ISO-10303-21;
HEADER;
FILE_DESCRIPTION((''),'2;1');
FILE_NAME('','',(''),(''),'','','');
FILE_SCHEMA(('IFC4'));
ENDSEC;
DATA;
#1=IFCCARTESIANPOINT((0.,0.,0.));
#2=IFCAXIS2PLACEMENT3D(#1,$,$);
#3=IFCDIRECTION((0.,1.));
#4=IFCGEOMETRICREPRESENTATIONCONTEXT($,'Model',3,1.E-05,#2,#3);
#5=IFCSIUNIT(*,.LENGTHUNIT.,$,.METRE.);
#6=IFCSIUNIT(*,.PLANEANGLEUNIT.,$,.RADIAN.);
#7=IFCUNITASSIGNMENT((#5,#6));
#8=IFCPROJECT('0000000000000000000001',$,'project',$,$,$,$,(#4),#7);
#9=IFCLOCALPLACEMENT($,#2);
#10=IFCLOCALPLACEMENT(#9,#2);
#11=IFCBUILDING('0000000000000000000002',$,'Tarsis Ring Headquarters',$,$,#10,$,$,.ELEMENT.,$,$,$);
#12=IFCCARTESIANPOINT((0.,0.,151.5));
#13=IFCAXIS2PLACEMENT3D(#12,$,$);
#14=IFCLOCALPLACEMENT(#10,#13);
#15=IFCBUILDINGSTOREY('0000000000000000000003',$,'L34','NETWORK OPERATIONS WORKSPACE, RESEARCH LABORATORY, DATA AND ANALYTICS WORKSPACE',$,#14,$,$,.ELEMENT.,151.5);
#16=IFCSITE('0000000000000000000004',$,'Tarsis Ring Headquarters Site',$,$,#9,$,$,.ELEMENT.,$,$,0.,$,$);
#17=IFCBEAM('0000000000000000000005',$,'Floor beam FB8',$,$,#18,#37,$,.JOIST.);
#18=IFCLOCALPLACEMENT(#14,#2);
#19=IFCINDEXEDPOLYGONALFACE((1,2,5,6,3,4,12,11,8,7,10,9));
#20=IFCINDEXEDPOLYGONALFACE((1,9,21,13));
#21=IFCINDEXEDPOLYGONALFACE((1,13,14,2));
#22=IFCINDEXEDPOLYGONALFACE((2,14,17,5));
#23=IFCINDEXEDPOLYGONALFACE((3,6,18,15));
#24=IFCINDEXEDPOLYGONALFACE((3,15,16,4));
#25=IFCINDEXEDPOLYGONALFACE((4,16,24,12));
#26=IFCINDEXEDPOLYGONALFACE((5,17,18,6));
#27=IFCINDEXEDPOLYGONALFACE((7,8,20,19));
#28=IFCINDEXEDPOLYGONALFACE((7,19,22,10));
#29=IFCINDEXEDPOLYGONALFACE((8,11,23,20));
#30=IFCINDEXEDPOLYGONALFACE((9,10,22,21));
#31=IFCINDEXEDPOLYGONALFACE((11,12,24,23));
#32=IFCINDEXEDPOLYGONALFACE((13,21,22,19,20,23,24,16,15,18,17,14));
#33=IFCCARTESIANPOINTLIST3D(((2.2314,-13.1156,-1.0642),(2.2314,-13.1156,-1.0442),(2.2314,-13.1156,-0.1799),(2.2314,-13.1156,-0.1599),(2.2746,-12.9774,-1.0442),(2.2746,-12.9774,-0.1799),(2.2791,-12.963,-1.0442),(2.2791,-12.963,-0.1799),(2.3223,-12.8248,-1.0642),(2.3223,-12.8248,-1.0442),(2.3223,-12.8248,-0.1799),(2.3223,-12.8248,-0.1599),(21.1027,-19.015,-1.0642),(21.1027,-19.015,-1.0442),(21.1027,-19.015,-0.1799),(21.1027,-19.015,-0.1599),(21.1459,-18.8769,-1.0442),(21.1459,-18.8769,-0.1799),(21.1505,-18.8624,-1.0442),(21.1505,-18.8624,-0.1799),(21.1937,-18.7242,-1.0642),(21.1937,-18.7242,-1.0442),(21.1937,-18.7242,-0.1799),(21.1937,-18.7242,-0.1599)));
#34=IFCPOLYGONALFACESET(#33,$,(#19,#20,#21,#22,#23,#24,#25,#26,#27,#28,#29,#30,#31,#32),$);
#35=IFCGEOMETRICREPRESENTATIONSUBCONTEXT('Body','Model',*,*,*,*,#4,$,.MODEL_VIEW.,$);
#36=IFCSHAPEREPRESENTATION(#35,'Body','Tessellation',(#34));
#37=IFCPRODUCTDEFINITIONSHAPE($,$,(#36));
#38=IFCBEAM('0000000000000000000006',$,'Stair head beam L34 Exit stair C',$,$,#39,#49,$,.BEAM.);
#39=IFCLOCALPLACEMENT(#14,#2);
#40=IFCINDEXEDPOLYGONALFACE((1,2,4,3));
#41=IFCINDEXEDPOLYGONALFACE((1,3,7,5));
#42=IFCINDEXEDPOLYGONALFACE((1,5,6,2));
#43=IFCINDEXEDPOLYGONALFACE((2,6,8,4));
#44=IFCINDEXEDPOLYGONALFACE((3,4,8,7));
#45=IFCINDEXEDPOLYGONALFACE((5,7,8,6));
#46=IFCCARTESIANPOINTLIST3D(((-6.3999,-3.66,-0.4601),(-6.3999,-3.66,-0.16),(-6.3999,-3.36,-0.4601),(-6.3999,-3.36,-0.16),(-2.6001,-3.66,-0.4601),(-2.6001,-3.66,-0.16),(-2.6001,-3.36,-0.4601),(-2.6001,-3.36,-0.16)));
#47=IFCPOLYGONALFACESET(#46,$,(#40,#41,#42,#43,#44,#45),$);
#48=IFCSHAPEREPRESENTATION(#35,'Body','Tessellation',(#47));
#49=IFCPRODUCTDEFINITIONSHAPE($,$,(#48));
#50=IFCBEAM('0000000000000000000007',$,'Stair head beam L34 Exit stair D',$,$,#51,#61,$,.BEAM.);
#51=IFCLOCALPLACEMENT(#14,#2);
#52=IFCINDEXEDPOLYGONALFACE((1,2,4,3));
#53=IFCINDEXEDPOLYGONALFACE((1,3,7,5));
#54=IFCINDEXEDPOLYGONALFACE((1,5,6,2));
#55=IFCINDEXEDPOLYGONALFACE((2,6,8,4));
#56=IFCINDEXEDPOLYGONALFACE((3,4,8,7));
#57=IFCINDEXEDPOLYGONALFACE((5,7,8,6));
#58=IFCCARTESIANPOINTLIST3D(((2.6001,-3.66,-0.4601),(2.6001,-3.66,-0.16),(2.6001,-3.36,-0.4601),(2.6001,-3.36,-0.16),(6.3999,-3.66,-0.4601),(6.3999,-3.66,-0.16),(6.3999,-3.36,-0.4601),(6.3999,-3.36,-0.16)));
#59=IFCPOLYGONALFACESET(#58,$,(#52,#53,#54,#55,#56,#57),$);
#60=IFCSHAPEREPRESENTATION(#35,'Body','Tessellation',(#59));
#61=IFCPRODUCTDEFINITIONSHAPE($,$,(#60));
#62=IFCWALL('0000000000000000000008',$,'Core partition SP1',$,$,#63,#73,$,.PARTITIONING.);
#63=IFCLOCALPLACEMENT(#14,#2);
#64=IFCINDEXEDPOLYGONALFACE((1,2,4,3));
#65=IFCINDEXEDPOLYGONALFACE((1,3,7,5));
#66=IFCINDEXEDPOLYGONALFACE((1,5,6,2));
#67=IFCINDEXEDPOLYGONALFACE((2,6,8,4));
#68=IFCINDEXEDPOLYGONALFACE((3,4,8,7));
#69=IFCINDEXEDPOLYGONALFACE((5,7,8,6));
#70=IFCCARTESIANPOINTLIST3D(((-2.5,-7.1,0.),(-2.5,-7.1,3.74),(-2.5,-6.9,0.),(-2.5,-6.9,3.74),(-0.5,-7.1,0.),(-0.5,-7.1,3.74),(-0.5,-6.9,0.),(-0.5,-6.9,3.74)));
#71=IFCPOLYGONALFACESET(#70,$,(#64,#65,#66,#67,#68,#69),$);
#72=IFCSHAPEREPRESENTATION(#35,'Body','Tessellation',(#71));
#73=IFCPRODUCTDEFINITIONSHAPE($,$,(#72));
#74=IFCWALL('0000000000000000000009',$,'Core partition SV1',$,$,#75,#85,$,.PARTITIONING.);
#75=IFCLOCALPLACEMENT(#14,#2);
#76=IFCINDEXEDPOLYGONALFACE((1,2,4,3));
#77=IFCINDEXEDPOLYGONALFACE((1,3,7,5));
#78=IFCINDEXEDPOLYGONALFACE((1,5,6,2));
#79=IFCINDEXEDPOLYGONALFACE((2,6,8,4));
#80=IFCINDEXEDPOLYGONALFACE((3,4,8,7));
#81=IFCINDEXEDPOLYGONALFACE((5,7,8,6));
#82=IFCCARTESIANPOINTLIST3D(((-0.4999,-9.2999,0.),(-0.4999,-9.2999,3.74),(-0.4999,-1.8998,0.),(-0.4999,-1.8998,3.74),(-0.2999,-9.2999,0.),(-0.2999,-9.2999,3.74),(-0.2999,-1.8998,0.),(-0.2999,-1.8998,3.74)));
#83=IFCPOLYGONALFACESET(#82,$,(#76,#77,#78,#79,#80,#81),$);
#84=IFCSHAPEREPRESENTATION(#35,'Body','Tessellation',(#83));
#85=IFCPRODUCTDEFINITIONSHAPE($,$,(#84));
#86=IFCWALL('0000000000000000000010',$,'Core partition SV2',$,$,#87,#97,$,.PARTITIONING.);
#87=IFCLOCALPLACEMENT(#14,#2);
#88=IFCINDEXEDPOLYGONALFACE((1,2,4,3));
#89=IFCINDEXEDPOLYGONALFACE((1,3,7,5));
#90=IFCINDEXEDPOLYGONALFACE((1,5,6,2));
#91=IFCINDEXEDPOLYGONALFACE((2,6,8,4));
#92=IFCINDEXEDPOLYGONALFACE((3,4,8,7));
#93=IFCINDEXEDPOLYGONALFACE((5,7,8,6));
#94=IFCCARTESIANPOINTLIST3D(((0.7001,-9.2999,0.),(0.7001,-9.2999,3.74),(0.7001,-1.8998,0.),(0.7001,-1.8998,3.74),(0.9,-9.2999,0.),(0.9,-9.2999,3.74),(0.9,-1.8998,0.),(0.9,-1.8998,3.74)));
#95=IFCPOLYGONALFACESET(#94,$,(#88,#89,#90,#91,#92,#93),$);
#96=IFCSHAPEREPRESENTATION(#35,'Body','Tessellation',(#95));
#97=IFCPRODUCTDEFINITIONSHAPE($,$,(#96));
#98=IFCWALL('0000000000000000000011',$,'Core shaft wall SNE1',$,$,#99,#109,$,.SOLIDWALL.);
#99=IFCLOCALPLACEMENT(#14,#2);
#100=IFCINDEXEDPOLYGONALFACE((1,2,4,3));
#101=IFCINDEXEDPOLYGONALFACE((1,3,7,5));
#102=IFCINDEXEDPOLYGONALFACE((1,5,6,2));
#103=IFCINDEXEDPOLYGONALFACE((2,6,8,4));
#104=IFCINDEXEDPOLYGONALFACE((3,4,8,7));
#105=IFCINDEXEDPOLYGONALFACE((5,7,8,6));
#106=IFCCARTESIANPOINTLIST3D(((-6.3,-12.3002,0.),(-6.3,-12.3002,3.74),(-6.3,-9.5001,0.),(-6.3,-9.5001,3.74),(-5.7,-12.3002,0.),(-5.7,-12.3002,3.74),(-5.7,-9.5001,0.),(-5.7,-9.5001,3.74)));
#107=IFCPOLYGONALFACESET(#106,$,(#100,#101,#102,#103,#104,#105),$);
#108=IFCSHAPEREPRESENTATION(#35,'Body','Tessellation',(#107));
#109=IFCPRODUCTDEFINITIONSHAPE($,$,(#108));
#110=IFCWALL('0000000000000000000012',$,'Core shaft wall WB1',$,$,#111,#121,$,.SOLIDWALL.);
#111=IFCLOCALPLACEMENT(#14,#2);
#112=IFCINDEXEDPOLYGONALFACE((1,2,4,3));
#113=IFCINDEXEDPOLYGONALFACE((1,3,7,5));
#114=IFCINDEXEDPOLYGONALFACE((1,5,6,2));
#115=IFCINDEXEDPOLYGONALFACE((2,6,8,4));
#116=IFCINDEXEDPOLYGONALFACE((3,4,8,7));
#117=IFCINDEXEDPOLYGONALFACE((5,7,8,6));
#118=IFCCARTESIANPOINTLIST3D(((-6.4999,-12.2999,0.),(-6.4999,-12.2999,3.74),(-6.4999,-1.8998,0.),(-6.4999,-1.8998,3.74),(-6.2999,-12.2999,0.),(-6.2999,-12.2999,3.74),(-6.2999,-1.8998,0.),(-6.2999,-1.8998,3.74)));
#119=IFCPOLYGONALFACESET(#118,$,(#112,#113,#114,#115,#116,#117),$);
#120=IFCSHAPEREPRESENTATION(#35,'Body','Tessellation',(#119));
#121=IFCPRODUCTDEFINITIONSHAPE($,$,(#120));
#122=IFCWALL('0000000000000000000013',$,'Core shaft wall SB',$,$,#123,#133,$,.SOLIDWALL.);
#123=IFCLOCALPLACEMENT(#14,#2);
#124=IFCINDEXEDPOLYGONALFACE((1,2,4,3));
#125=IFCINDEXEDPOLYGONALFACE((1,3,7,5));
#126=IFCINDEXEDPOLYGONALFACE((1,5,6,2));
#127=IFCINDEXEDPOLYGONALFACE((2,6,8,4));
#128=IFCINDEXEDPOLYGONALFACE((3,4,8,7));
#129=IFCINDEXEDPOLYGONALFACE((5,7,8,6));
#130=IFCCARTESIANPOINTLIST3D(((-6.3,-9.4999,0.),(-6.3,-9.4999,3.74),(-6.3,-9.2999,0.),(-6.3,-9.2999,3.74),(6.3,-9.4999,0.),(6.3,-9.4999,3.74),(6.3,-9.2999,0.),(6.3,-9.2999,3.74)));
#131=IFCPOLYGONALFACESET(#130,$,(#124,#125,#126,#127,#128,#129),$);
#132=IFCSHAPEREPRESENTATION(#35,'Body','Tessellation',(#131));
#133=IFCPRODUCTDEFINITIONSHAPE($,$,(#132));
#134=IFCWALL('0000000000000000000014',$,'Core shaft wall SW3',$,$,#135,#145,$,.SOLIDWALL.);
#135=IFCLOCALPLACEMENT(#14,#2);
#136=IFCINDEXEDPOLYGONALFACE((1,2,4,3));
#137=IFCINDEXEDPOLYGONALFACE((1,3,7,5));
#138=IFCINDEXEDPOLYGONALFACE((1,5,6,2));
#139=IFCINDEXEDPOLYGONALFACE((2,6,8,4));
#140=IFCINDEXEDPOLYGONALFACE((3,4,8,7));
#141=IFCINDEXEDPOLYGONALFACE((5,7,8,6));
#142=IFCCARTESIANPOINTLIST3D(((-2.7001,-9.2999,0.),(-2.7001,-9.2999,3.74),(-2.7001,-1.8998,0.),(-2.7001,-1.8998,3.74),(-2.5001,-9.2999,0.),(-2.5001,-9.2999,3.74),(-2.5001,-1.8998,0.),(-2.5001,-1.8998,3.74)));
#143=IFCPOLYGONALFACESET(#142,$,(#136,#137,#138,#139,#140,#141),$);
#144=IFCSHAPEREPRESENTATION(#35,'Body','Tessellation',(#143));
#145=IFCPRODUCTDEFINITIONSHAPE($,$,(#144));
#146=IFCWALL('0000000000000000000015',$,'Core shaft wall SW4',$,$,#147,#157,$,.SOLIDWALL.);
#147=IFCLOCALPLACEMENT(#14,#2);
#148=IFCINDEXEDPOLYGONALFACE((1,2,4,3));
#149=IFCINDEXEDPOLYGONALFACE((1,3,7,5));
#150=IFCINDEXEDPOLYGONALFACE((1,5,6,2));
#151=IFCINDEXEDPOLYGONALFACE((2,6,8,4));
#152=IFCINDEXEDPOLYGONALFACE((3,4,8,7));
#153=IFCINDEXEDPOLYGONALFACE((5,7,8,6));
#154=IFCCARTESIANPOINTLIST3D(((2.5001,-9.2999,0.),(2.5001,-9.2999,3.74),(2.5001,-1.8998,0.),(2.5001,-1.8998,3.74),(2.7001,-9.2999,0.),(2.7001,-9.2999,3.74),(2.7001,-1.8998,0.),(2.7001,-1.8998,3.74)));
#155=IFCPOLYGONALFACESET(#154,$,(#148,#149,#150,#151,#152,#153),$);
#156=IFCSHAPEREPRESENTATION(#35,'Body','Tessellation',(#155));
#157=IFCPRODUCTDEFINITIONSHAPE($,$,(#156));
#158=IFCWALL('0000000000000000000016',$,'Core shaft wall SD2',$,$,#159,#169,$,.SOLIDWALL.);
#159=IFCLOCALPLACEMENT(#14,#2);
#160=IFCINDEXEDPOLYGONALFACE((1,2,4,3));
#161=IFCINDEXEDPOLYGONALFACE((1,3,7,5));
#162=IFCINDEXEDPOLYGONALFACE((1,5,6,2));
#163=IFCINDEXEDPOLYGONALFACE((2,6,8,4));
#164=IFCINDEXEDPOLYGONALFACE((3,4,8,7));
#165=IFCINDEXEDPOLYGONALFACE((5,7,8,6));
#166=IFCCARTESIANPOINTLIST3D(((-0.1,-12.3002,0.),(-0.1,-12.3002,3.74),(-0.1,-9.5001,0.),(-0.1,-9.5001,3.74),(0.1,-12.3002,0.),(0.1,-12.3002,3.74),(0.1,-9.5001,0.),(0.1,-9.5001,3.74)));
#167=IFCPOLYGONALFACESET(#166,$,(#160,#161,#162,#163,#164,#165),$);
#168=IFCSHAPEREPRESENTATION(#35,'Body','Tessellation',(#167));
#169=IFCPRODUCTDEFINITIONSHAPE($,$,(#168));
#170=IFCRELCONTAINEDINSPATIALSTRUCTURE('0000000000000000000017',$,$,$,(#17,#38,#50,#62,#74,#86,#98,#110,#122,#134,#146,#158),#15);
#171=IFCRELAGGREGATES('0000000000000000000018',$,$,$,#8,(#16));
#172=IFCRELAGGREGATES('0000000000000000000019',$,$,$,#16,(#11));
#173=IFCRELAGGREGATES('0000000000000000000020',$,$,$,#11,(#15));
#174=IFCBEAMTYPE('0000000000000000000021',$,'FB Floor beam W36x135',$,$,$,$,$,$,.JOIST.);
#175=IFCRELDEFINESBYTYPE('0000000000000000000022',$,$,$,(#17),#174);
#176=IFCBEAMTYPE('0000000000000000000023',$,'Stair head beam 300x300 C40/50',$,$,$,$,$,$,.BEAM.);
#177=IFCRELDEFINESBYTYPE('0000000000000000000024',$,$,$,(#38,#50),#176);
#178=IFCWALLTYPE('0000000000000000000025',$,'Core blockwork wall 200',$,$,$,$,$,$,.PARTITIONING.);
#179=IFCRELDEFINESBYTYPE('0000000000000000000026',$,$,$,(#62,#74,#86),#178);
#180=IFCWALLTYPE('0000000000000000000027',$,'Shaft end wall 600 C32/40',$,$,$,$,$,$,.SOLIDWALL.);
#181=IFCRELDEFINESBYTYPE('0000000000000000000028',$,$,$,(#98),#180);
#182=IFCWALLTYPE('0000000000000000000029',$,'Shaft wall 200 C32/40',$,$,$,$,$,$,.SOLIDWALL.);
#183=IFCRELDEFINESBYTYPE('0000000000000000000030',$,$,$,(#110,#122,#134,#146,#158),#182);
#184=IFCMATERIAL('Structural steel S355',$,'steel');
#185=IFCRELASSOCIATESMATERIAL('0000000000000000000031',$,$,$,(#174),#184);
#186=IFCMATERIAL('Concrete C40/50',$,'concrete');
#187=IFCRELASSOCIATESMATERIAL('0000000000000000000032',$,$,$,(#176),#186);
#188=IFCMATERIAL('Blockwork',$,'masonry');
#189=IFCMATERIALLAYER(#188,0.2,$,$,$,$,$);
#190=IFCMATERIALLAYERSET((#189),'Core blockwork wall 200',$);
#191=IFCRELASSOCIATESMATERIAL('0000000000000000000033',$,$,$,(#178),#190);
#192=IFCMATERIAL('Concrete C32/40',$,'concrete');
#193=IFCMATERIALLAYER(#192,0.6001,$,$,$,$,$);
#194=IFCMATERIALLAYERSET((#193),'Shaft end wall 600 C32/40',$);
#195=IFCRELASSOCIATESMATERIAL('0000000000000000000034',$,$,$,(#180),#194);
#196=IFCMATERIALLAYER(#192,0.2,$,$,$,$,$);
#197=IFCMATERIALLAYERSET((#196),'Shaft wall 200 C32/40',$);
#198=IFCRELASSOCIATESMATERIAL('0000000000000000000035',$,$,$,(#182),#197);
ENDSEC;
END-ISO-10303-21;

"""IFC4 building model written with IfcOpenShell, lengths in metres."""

from ifc_helpers import new_model, si_unit, direction, frame, frame_2d, origin, origin_2d, place, context, subcontext, project, spatial, rectangle, i_section, extrude, material, layer, layer_set, material_profile, profile_set, type_object, element, save


model = new_model("IFC4")

# Units and contexts
model_context = context("Model", 3, precision=1e-05, world=origin(), true_north=direction((0.0, 1.0)))
body_context = subcontext(model_context, "Body", "Model", "MODEL_VIEW")
ifc_project = project(units=[si_unit("LENGTHUNIT", "METRE"), si_unit("PLANEANGLEUNIT", "RADIAN")], contexts=[model_context])

# Site, building, storey
site_placement = place(None, origin())
site = spatial("IfcSite", under=ifc_project, at=site_placement, Name="Tarsis Ring Headquarters Site", CompositionType="ELEMENT", RefElevation=0.0)
building_placement = place(site_placement, origin())
building = spatial("IfcBuilding", under=site, at=building_placement, Name="Tarsis Ring Headquarters", CompositionType="ELEMENT")
storey_placement = place(building_placement, frame((0.0, 0.0, 151.5)))
storey = spatial("IfcBuildingStorey", under=building, at=storey_placement, Name="L34", Description="NETWORK OPERATIONS WORKSPACE, RESEARCH LABORATORY, DATA AND ANALYTICS WORKSPACE", CompositionType="ELEMENT", Elevation=151.5)

# Beams
ifc_material_1 = material(Name="Structural steel S355", Category="steel")
ifc_material_profile_1 = material_profile(ifc_material_1, i_section(OverallWidth=0.3047, OverallDepth=0.9043, WebThickness=0.0151, FlangeThickness=0.02, at=origin_2d()), Name="W36x135")
ifc_profile_set_1 = profile_set([ifc_material_profile_1], Name="Structural steel S355")
beam_type_1 = type_object("IfcBeamType", Name="FB Floor beam W36x135", PredefinedType="JOIST", material=ifc_profile_set_1)
beam_placement = place(storey_placement, frame((2.2769, -12.9702, -0.6121), z_axis=(0.954449, -0.298373, 0.0), x_axis=(0.298373, 0.954449, 0.0)))
element("IfcBeam", 1, at=beam_placement, inside=storey, type_object=beam_type_1, Name="Floor beam FB8", PredefinedType="JOIST", context=body_context, shape_type="SweptSolid", body=[
    extrude(i_section(OverallWidth=0.3047, OverallDepth=0.9043, WebThickness=0.0151, FlangeThickness=0.02, at=origin_2d()), origin(), (0.0, 0.0, 1.0), 19.772),
])
ifc_material_2 = material(Name="Concrete C40/50", Category="concrete")
ifc_material_profile_2 = material_profile(ifc_material_2, rectangle(XDim=0.3, YDim=0.3, at=origin_2d()), Name="Stair head beam 300x300 C40/50")
ifc_profile_set_2 = profile_set([ifc_material_profile_2], Name="Concrete C40/50")
beam_type_2 = type_object("IfcBeamType", Name="Stair head beam 300x300 C40/50", PredefinedType="BEAM", material=ifc_profile_set_2)
for number, where, z_axis, x_axis, name in (
    (2, (-6.3999, -3.51, -0.3101), (1.0, 0.0, 0.0), (0.0, 1.0, 0.0), "Stair head beam L34 Exit stair C"),
    (3, (2.6001, -3.51, -0.3101), (1.0, 0.0, 0.0), (0.0, 1.0, 0.0), "Stair head beam L34 Exit stair D"),
):
    element("IfcBeam", number, at=place(storey_placement, frame(where, z_axis=z_axis, x_axis=x_axis)), inside=storey, type_object=beam_type_2, Name=name, PredefinedType="BEAM", context=body_context, shape_type="SweptSolid", body=[
        extrude(rectangle(XDim=0.3, YDim=0.3, at=origin_2d()), origin(), (0.0, 0.0, 1.0), 3.7998),
    ])

# Walls
ifc_material_3 = material(Name="Blockwork", Category="masonry")
ifc_layer_1 = layer(ifc_material_3, 0.2)
ifc_layer_set_1 = layer_set([ifc_layer_1], Name="Core blockwork wall 200")
wall_type_1 = type_object("IfcWallType", Name="Core blockwork wall 200", PredefinedType="PARTITIONING", material=ifc_layer_set_1)
wall_1_placement = place(storey_placement, frame((-2.5, -7.0, 0.0), z_axis=(0.0, 0.0, 1.0), x_axis=(1.0, 0.0, 0.0)))
element("IfcWall", 4, at=wall_1_placement, inside=storey, type_object=wall_type_1, Name="Core partition SP1", PredefinedType="PARTITIONING", context=body_context, shape_type="SweptSolid", body=[
    extrude(rectangle(XDim=2.0, YDim=0.2, at=frame_2d((1.0, 0.0))), origin(), (0.0, 0.0, 1.0), 3.74),
])
for number, where, z_axis, x_axis, name in (
    (5, (-0.3999, -9.3, 0.0), (0.0, 0.0, 1.0), (0.0, 1.0, 0.0), "Core partition SV1"),
    (6, (0.8, -9.3, 0.0), (0.0, 0.0, 1.0), (0.0, 1.0, 0.0), "Core partition SV2"),
):
    element("IfcWall", number, at=place(storey_placement, frame(where, z_axis=z_axis, x_axis=x_axis)), inside=storey, type_object=wall_type_1, Name=name, PredefinedType="PARTITIONING", context=body_context, shape_type="SweptSolid", body=[
        extrude(rectangle(XDim=7.4001, YDim=0.2, at=frame_2d((3.7002, 0.0))), origin(), (0.0, 0.0, 1.0), 3.74),
    ])
ifc_material_4 = material(Name="Concrete C32/40", Category="concrete")
ifc_layer_2 = layer(ifc_material_4, 0.6001)
ifc_layer_set_2 = layer_set([ifc_layer_2], Name="Shaft end wall 600 C32/40")
wall_type_2 = type_object("IfcWallType", Name="Shaft end wall 600 C32/40", PredefinedType="SOLIDWALL", material=ifc_layer_set_2)
wall_2_placement = place(storey_placement, frame((-6.0, -12.3, 0.0), z_axis=(0.0, 0.0, 1.0), x_axis=(0.0, 1.0, 0.0)))
element("IfcWall", 7, at=wall_2_placement, inside=storey, type_object=wall_type_2, Name="Core shaft wall SNE1", PredefinedType="SOLIDWALL", context=body_context, shape_type="SweptSolid", body=[
    extrude(rectangle(XDim=2.8, YDim=0.6001, at=frame_2d((1.3999, 0.0))), origin(), (0.0, 0.0, 1.0), 3.74),
])
ifc_layer_3 = layer(ifc_material_4, 0.2)
ifc_layer_set_3 = layer_set([ifc_layer_3], Name="Shaft wall 200 C32/40")
wall_type_3 = type_object("IfcWallType", Name="Shaft wall 200 C32/40", PredefinedType="SOLIDWALL", material=ifc_layer_set_3)
wall_3_placement = place(storey_placement, frame((-6.3999, -12.3, 0.0), z_axis=(0.0, 0.0, 1.0), x_axis=(0.0, 1.0, 0.0)))
element("IfcWall", 8, at=wall_3_placement, inside=storey, type_object=wall_type_3, Name="Core shaft wall WB1", PredefinedType="SOLIDWALL", context=body_context, shape_type="SweptSolid", body=[
    extrude(rectangle(XDim=10.4001, YDim=0.2, at=frame_2d((5.2002, 0.0))), origin(), (0.0, 0.0, 1.0), 3.74),
])
wall_4_placement = place(storey_placement, frame((-6.3, -9.3999, 0.0), z_axis=(0.0, 0.0, 1.0), x_axis=(1.0, 0.0, 0.0)))
element("IfcWall", 9, at=wall_4_placement, inside=storey, type_object=wall_type_3, Name="Core shaft wall SB", PredefinedType="SOLIDWALL", context=body_context, shape_type="SweptSolid", body=[
    extrude(rectangle(XDim=12.6001, YDim=0.2, at=frame_2d((6.3, 0.0))), origin(), (0.0, 0.0, 1.0), 3.74),
])
for number, where, z_axis, x_axis, name in (
    (10, (-2.6001, -9.3, 0.0), (0.0, 0.0, 1.0), (0.0, 1.0, 0.0), "Core shaft wall SW3"),
    (11, (2.6001, -9.3, 0.0), (0.0, 0.0, 1.0), (0.0, 1.0, 0.0), "Core shaft wall SW4"),
):
    element("IfcWall", number, at=place(storey_placement, frame(where, z_axis=z_axis, x_axis=x_axis)), inside=storey, type_object=wall_type_3, Name=name, PredefinedType="SOLIDWALL", context=body_context, shape_type="SweptSolid", body=[
        extrude(rectangle(XDim=7.4001, YDim=0.2, at=frame_2d((3.7002, 0.0))), origin(), (0.0, 0.0, 1.0), 3.74),
    ])
wall_5_placement = place(storey_placement, frame((0.0, -12.3, 0.0), z_axis=(0.0, 0.0, 1.0), x_axis=(0.0, 1.0, 0.0)))
element("IfcWall", 12, at=wall_5_placement, inside=storey, type_object=wall_type_3, Name="Core shaft wall SD2", PredefinedType="SOLIDWALL", context=body_context, shape_type="SweptSolid", body=[
    extrude(rectangle(XDim=2.8, YDim=0.2, at=frame_2d((1.3999, 0.0))), origin(), (0.0, 0.0, 1.0), 3.74),
])

save(model, "model.ifc")
